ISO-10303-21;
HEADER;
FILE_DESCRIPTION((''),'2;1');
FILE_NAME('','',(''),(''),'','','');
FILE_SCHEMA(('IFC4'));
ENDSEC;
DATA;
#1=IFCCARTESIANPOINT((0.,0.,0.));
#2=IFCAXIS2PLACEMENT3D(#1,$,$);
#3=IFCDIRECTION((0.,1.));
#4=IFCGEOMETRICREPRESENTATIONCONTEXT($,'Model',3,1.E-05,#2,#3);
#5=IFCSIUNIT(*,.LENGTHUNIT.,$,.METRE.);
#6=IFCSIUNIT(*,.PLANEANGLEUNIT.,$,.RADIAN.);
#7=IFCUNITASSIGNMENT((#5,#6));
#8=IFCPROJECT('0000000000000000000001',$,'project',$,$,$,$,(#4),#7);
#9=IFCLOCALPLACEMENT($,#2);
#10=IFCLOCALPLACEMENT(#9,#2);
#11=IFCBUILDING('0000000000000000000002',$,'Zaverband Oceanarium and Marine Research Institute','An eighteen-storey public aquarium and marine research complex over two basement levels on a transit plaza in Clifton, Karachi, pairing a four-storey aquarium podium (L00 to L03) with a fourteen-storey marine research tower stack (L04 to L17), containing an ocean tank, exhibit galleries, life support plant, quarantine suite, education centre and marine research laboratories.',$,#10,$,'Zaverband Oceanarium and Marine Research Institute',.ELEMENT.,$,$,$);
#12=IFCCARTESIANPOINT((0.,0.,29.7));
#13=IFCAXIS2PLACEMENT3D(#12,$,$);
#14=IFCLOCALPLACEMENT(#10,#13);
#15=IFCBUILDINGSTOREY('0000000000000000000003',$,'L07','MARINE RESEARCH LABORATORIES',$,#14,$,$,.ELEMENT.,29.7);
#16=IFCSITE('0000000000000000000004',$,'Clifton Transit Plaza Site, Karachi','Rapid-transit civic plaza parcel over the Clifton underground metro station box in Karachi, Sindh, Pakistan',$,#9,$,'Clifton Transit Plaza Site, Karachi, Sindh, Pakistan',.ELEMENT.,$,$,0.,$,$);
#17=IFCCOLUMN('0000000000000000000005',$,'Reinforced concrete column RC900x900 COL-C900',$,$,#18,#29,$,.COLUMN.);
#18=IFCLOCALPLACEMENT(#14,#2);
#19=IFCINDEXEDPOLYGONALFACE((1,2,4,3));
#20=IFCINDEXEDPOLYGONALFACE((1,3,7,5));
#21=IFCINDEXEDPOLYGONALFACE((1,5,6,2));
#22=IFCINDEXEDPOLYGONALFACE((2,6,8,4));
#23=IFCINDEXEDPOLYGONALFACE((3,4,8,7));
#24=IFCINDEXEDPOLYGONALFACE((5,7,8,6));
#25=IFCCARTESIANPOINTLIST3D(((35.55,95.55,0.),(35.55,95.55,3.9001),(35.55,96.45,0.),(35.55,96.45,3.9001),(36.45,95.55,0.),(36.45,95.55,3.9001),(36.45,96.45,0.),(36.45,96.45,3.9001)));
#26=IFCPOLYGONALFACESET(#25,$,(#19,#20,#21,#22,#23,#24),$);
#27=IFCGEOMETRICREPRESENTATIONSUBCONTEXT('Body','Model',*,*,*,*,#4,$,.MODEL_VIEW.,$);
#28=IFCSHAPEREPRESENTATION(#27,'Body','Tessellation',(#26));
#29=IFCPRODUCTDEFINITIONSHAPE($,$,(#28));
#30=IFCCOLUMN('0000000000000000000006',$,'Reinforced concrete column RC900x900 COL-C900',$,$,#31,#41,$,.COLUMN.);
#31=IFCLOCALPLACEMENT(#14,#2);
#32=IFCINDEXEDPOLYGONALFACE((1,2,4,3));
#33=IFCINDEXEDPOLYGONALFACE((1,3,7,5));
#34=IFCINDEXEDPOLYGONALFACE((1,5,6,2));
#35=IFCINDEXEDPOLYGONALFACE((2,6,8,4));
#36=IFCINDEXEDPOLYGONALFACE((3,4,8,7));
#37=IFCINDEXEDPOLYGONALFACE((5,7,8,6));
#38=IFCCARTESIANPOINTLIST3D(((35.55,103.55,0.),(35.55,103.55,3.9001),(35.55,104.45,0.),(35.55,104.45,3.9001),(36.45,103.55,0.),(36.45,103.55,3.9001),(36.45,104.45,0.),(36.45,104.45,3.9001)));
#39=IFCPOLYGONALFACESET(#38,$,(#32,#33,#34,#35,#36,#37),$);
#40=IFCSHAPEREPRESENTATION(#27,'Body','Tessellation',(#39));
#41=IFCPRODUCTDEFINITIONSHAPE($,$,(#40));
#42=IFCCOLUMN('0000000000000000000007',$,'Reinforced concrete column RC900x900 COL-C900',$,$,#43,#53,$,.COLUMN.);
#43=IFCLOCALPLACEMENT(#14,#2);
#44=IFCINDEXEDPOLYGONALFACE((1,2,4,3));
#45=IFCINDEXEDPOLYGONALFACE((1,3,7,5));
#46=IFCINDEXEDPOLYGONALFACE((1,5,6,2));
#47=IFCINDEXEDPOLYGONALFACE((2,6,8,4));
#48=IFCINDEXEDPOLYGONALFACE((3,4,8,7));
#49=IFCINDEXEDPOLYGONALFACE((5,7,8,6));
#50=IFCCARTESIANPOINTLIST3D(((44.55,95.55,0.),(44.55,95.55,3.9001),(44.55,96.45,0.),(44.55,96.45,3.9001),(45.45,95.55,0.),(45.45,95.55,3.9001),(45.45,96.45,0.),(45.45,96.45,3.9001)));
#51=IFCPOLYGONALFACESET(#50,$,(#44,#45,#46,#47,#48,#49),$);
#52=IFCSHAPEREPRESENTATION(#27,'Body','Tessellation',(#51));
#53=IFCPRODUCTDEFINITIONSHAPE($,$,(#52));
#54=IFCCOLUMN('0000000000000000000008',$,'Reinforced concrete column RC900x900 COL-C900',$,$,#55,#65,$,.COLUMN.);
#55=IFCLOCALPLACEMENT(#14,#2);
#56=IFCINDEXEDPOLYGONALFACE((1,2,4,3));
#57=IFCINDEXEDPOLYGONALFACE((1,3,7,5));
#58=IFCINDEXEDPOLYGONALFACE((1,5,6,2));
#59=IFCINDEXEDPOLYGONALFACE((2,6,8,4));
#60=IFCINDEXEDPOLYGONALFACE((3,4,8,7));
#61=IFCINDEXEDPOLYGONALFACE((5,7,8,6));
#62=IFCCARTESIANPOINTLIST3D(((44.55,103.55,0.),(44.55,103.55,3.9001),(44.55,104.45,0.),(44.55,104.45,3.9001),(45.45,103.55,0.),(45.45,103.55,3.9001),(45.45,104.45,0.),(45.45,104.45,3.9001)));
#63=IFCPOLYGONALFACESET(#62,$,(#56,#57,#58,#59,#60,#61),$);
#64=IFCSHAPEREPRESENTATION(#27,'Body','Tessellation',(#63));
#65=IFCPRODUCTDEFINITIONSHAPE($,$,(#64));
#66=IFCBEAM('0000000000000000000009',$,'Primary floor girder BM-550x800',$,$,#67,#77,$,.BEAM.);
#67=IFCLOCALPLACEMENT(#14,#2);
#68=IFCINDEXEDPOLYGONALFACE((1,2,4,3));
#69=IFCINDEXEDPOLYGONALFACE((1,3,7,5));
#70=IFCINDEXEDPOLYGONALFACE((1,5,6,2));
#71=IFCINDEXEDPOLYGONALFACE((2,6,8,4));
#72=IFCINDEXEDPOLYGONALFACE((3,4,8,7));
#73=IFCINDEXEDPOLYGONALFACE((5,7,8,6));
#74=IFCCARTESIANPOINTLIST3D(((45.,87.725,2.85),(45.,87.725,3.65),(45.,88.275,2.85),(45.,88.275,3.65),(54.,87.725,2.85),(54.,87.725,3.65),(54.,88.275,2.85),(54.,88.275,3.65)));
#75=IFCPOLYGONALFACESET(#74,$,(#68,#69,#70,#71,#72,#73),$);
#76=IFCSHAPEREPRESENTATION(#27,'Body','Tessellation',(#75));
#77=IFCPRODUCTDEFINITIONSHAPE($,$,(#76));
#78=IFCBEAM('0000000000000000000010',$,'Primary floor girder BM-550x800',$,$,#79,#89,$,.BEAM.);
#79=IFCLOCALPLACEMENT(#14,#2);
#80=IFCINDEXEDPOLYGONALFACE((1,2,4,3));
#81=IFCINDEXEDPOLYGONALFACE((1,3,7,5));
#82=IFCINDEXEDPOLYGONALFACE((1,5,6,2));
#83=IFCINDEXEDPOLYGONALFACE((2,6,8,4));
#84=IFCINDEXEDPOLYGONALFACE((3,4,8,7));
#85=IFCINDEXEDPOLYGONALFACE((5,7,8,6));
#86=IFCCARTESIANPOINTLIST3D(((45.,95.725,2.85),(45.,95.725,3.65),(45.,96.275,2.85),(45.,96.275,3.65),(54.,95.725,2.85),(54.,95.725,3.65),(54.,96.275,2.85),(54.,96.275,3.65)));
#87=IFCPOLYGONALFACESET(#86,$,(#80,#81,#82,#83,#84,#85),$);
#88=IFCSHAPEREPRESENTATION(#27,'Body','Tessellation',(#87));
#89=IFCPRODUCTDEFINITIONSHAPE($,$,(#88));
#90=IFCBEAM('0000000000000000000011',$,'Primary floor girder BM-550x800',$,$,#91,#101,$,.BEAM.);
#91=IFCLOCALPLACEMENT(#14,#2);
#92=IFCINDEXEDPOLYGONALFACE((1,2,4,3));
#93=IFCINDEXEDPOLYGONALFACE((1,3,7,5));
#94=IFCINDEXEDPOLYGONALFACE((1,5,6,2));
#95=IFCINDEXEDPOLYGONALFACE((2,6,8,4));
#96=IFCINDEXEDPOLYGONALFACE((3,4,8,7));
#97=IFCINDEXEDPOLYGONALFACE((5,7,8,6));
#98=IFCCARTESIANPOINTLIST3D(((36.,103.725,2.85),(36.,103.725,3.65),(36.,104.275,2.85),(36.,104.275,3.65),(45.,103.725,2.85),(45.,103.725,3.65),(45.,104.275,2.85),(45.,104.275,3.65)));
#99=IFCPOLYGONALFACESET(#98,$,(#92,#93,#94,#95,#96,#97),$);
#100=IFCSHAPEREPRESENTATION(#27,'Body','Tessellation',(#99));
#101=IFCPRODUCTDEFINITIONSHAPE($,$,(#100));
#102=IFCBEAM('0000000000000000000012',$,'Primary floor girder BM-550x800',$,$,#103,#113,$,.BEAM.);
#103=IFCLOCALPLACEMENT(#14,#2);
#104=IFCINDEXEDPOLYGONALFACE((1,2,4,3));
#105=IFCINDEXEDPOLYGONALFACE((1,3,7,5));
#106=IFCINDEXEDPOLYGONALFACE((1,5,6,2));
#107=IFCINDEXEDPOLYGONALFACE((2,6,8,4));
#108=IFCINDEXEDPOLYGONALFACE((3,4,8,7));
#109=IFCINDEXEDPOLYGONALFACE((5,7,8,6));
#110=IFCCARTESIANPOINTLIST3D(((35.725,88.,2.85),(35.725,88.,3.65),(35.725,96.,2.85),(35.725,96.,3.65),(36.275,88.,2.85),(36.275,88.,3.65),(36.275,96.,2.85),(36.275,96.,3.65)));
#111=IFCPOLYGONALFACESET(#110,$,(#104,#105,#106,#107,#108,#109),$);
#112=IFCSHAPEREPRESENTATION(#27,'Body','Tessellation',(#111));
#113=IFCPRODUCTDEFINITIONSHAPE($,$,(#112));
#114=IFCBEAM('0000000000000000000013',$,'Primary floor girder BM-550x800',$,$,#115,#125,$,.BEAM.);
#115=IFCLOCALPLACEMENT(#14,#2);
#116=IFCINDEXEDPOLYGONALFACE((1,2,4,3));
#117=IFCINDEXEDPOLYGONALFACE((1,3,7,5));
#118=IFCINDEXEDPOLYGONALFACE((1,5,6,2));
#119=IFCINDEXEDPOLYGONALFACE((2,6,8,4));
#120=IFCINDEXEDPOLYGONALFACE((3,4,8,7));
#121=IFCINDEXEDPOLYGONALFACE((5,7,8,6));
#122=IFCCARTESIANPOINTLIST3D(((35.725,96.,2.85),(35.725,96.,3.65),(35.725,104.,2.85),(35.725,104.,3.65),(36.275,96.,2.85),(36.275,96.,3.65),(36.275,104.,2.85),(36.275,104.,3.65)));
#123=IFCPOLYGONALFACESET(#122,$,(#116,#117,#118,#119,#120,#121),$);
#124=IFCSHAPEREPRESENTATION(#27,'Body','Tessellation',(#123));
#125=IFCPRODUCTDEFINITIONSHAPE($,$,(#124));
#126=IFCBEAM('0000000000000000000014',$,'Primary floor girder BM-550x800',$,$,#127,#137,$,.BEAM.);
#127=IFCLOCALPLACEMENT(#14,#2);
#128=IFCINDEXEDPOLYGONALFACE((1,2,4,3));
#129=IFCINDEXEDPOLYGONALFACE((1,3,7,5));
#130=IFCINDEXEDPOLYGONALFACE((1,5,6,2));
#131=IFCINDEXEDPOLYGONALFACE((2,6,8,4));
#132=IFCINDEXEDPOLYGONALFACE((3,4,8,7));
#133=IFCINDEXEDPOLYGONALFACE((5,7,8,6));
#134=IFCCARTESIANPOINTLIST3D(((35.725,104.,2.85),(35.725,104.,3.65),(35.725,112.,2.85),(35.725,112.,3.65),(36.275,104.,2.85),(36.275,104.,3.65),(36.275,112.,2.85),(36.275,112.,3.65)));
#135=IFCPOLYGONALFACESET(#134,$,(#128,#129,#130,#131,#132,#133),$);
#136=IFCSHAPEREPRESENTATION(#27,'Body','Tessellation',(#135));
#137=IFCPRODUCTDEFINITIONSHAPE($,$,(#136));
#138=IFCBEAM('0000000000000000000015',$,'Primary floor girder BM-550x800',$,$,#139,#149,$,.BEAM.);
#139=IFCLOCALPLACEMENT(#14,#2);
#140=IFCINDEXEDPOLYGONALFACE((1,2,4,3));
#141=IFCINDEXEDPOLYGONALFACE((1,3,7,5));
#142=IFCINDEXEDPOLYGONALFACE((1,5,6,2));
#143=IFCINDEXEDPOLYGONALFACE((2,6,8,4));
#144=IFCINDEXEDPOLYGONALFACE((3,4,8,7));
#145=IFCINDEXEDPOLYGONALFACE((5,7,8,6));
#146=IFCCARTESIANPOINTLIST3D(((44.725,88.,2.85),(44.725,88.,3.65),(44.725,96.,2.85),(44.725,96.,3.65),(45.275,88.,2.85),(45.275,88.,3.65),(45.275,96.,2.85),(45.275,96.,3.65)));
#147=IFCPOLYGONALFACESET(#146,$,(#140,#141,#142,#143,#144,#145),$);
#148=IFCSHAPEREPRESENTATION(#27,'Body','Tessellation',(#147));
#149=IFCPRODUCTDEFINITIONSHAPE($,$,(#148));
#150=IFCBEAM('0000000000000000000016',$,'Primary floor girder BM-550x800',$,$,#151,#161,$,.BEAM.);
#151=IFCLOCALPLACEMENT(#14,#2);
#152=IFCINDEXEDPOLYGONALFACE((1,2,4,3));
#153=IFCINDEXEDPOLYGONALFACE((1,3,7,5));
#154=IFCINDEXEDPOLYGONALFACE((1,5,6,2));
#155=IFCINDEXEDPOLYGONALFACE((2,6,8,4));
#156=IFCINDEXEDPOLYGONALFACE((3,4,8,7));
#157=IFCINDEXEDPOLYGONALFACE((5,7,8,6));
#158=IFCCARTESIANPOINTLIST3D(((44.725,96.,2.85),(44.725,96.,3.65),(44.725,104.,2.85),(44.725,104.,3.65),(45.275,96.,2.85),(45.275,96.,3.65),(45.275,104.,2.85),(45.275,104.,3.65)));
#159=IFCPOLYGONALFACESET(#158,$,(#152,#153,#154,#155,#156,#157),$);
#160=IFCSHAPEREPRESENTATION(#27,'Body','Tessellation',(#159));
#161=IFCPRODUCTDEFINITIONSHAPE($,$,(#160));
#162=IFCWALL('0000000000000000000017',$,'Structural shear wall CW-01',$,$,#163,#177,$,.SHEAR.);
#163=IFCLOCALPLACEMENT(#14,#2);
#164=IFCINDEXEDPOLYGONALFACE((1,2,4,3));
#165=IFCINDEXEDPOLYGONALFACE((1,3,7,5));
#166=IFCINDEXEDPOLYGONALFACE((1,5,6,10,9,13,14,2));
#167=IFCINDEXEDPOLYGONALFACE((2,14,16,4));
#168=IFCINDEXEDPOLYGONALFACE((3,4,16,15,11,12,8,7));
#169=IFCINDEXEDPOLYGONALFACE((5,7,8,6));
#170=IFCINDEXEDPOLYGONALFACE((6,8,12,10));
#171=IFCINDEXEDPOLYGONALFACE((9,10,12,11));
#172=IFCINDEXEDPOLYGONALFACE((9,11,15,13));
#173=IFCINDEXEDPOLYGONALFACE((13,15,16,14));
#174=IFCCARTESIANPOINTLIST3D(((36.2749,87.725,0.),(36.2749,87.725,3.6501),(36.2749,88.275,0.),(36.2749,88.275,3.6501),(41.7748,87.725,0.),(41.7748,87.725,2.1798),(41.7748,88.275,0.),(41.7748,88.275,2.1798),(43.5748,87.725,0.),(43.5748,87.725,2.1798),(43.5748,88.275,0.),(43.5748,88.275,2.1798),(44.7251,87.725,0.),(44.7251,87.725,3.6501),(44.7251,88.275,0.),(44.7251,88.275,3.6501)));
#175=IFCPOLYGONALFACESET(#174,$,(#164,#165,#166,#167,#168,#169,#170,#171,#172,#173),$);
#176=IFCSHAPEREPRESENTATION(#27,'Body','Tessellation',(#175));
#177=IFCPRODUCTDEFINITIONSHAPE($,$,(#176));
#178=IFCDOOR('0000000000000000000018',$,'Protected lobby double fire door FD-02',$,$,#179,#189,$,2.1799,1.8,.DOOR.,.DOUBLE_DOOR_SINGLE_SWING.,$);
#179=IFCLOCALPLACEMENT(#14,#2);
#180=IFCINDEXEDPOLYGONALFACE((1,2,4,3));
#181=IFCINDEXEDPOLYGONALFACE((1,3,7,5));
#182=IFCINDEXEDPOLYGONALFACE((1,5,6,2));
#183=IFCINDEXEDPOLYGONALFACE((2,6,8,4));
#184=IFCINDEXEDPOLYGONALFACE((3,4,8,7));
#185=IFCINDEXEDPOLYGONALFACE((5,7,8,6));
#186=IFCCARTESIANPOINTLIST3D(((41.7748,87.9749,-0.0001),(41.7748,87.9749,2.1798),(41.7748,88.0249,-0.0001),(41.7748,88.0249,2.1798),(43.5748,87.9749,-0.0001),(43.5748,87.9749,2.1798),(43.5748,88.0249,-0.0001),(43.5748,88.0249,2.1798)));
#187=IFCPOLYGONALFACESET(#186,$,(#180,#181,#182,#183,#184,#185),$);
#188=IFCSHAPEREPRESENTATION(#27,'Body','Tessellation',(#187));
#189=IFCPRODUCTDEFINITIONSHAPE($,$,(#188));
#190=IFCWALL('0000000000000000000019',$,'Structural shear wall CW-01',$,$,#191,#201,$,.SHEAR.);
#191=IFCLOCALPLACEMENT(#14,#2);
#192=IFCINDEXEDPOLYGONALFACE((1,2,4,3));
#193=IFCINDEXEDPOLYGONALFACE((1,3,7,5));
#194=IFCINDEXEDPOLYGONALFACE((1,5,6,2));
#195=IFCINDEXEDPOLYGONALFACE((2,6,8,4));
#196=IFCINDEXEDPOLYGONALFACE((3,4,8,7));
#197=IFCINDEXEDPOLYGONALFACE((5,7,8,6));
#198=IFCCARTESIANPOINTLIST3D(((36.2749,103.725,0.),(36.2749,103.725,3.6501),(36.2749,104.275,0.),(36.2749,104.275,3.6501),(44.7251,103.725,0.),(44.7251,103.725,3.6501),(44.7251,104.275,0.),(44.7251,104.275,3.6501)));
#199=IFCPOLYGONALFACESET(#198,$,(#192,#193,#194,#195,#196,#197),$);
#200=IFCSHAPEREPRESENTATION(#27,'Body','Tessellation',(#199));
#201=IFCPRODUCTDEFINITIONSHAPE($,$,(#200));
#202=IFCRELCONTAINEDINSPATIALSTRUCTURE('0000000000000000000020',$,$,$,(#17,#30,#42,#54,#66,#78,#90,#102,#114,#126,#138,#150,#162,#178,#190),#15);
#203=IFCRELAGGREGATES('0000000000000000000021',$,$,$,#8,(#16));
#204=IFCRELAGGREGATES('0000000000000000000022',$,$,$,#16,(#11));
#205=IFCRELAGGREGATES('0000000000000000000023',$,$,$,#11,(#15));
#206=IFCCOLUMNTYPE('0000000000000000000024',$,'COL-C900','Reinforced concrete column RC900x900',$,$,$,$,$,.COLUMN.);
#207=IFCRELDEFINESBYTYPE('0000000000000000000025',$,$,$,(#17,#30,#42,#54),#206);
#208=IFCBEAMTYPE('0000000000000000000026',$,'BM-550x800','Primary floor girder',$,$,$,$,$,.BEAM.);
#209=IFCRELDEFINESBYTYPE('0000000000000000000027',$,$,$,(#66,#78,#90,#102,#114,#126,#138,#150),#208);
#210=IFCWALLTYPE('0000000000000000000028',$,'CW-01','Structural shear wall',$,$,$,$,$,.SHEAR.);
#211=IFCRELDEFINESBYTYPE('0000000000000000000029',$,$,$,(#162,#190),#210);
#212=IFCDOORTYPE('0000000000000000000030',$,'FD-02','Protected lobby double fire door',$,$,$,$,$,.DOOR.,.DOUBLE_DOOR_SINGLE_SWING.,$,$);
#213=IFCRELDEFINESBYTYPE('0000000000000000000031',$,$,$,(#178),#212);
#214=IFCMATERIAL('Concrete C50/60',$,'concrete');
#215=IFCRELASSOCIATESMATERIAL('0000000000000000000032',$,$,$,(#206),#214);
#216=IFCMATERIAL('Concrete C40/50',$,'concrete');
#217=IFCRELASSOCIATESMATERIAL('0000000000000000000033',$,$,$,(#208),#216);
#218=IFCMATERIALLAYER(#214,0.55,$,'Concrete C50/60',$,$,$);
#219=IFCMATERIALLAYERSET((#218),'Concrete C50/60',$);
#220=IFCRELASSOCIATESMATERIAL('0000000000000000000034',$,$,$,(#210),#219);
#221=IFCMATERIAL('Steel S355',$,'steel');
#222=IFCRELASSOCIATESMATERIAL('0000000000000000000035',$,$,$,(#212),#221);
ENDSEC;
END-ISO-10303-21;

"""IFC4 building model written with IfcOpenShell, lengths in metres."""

from ifc_helpers import new_model, si_unit, direction, frame, frame_2d, origin, origin_2d, place, context, subcontext, project, spatial, rectangle, extrude, material, layer, layer_set, material_profile, profile_set, type_object, element, fill, save


model = new_model("IFC4")

# Units and contexts
model_context = context("Model", 3, precision=1e-05, world=origin(), true_north=direction((0.0, 1.0)))
body_context = subcontext(model_context, "Body", "Model", "MODEL_VIEW")
ifc_project = project(units=[si_unit("LENGTHUNIT", "METRE"), si_unit("PLANEANGLEUNIT", "RADIAN")], contexts=[model_context])

# Site, building, storey
site_placement = place(None, origin())
site = spatial("IfcSite", under=ifc_project, at=site_placement, Name="Clifton Transit Plaza Site, Karachi", Description="Rapid-transit civic plaza parcel over the Clifton underground metro station box in Karachi, Sindh, Pakistan", LongName="Clifton Transit Plaza Site, Karachi, Sindh, Pakistan", CompositionType="ELEMENT", RefElevation=0.0)
building_placement = place(site_placement, origin())
building = spatial("IfcBuilding", under=site, at=building_placement, Name="Zaverband Oceanarium and Marine Research Institute", Description="An eighteen-storey public aquarium and marine research complex over two basement levels on a transit plaza in Clifton, Karachi, pairing a four-storey aquarium podium (L00 to L03) with a fourteen-storey marine research tower stack (L04 to L17), containing an ocean tank, exhibit galleries, life support plant, quarantine suite, education centre and marine research laboratories.", LongName="Zaverband Oceanarium and Marine Research Institute", CompositionType="ELEMENT")
storey_placement = place(building_placement, frame((0.0, 0.0, 29.7)))
storey = spatial("IfcBuildingStorey", under=building, at=storey_placement, Name="L07", Description="MARINE RESEARCH LABORATORIES", CompositionType="ELEMENT", Elevation=29.7)

# Columns
ifc_material_1 = material(Name="Concrete C50/60", Category="concrete")
ifc_material_profile_1 = material_profile(ifc_material_1, rectangle(XDim=0.8999, YDim=0.8999, at=origin_2d()), Name="RC900x900")
ifc_profile_set_1 = profile_set([ifc_material_profile_1], Name="Concrete C50/60")
column_type = type_object("IfcColumnType", Name="COL-C900", Description="Reinforced concrete column RC900x900", PredefinedType="COLUMN", material=ifc_profile_set_1)
for number, where, z_axis, x_axis, name in (
    (1, (36.0, 96.0, 0.0), (0.0, 0.0, 1.0), (1.0, 0.0, 0.0), "Reinforced concrete column RC900x900 COL-C900"),
    (2, (36.0, 104.0, 0.0), (0.0, 0.0, 1.0), (1.0, 0.0, 0.0), "Reinforced concrete column RC900x900 COL-C900"),
    (3, (45.0, 96.0, 0.0), (0.0, 0.0, 1.0), (1.0, 0.0, 0.0), "Reinforced concrete column RC900x900 COL-C900"),
    (4, (45.0, 104.0, 0.0), (0.0, 0.0, 1.0), (1.0, 0.0, 0.0), "Reinforced concrete column RC900x900 COL-C900"),
):
    element("IfcColumn", number, at=place(storey_placement, frame(where, z_axis=z_axis, x_axis=x_axis)), inside=storey, type_object=column_type, Name=name, PredefinedType="COLUMN", context=body_context, shape_type="SweptSolid", body=[
        extrude(rectangle(XDim=0.8999, YDim=0.8999, at=origin_2d()), origin(), (0.0, 0.0, 1.0), 3.9001),
    ])

# Beams
ifc_material_2 = material(Name="Concrete C40/50", Category="concrete")
ifc_material_profile_2 = material_profile(ifc_material_2, rectangle(XDim=0.55, YDim=0.8, at=origin_2d()), Name="RC550x800")
ifc_profile_set_2 = profile_set([ifc_material_profile_2], Name="Concrete C40/50")
beam_type = type_object("IfcBeamType", Name="BM-550x800", Description="Primary floor girder", PredefinedType="BEAM", material=ifc_profile_set_2)
for number, where, z_axis, x_axis, name in (
    (5, (45.0, 88.0, 3.25), (1.0, 0.0, 0.0), (0.0, 1.0, 0.0), "Primary floor girder BM-550x800"),
    (6, (45.0, 96.0, 3.25), (1.0, 0.0, 0.0), (0.0, 1.0, 0.0), "Primary floor girder BM-550x800"),
    (7, (36.0, 104.0, 3.25), (1.0, 0.0, 0.0), (0.0, 1.0, 0.0), "Primary floor girder BM-550x800"),
):
    element("IfcBeam", number, at=place(storey_placement, frame(where, z_axis=z_axis, x_axis=x_axis)), inside=storey, type_object=beam_type, Name=name, PredefinedType="BEAM", context=body_context, shape_type="SweptSolid", body=[
        extrude(rectangle(XDim=0.55, YDim=0.8, at=origin_2d()), origin(), (0.0, 0.0, 1.0), 9.0),
    ])
for number, where, z_axis, x_axis, name in (
    (8, (36.0, 88.0, 3.25), (0.0, 1.0, 0.0), (-1.0, 0.0, 0.0), "Primary floor girder BM-550x800"),
    (9, (36.0, 96.0, 3.25), (0.0, 1.0, 0.0), (-1.0, 0.0, 0.0), "Primary floor girder BM-550x800"),
    (10, (36.0, 104.0, 3.25), (0.0, 1.0, 0.0), (-1.0, 0.0, 0.0), "Primary floor girder BM-550x800"),
    (11, (45.0, 88.0, 3.25), (0.0, 1.0, 0.0), (-1.0, 0.0, 0.0), "Primary floor girder BM-550x800"),
    (12, (45.0, 96.0, 3.25), (0.0, 1.0, 0.0), (-1.0, 0.0, 0.0), "Primary floor girder BM-550x800"),
):
    element("IfcBeam", number, at=place(storey_placement, frame(where, z_axis=z_axis, x_axis=x_axis)), inside=storey, type_object=beam_type, Name=name, PredefinedType="BEAM", context=body_context, shape_type="SweptSolid", body=[
        extrude(rectangle(XDim=0.55, YDim=0.8, at=origin_2d()), origin(), (0.0, 0.0, 1.0), 8.0),
    ])

# Wall, opening, door
ifc_layer_1 = layer(ifc_material_1, 0.55, Name="Concrete C50/60")
ifc_layer_set_1 = layer_set([ifc_layer_1], Name="Concrete C50/60")
wall_type_1 = type_object("IfcWallType", Name="CW-01", Description="Structural shear wall", PredefinedType="SHEAR", material=ifc_layer_set_1)
wall_1_placement = place(storey_placement, frame((36.2749, 88.0, 0.0), z_axis=(0.0, 0.0, 1.0), x_axis=(1.0, 0.0, 0.0)))
wall_1 = element("IfcWall", 13, at=wall_1_placement, inside=storey, type_object=wall_type_1, Name="Structural shear wall CW-01", PredefinedType="SHEAR", context=body_context, shape_type="SweptSolid", body=[
    extrude(rectangle(XDim=8.4502, YDim=0.55, at=frame_2d((4.2251, 0.0))), origin(), (0.0, 0.0, 1.0), 3.6501),
])
opening_1_placement = place(wall_1_placement, frame((5.5, 0.0, 0.0)))
opening_1 = element("IfcOpeningElement", 14, at=opening_1_placement, cuts=wall_1, PredefinedType="OPENING", context=body_context, shape_type="SweptSolid", body=[
    extrude(rectangle(XDim=1.8, YDim=2.1799, at=frame_2d((0.8999, 1.0898))), frame((0.0, 0.2871, 0.0), z_axis=(0.0, -1.0, 0.0), x_axis=(1.0, 0.0, 0.0)), (0.0, 0.0, 1.0), 0.574),
])
ifc_material_3 = material(Name="Steel S355", Category="steel")
door_type_1 = type_object("IfcDoorType", Name="FD-02", Description="Protected lobby double fire door", OperationType="DOUBLE_DOOR_SINGLE_SWING", PredefinedType="DOOR", material=ifc_material_3)
door_1_placement = place(opening_1_placement, origin())
door_1 = element("IfcDoor", 15, at=door_1_placement, inside=storey, type_object=door_type_1, Name="Protected lobby double fire door FD-02", OperationType="DOUBLE_DOOR_SINGLE_SWING", OverallHeight=2.1799, OverallWidth=1.8, PredefinedType="DOOR", context=body_context, shape_type="SweptSolid", body=[
    extrude(rectangle(XDim=1.8, YDim=2.1799, at=frame_2d((0.8999, 1.0898))), frame((0.0, 0.0249, 0.0), z_axis=(0.0, -1.0, 0.0), x_axis=(1.0, 0.0, 0.0)), (0.0, 0.0, 1.0), 0.05),
])
fill(opening_1, door_1)

# Wall
wall_2_placement = place(storey_placement, frame((36.2749, 104.0, 0.0), z_axis=(0.0, 0.0, 1.0), x_axis=(1.0, 0.0, 0.0)))
element("IfcWall", 16, at=wall_2_placement, inside=storey, type_object=wall_type_1, Name="Structural shear wall CW-01", PredefinedType="SHEAR", context=body_context, shape_type="SweptSolid", body=[
    extrude(rectangle(XDim=8.4502, YDim=0.55, at=frame_2d((4.2251, 0.0))), origin(), (0.0, 0.0, 1.0), 3.6501),
])

save(model, "model.ifc")
